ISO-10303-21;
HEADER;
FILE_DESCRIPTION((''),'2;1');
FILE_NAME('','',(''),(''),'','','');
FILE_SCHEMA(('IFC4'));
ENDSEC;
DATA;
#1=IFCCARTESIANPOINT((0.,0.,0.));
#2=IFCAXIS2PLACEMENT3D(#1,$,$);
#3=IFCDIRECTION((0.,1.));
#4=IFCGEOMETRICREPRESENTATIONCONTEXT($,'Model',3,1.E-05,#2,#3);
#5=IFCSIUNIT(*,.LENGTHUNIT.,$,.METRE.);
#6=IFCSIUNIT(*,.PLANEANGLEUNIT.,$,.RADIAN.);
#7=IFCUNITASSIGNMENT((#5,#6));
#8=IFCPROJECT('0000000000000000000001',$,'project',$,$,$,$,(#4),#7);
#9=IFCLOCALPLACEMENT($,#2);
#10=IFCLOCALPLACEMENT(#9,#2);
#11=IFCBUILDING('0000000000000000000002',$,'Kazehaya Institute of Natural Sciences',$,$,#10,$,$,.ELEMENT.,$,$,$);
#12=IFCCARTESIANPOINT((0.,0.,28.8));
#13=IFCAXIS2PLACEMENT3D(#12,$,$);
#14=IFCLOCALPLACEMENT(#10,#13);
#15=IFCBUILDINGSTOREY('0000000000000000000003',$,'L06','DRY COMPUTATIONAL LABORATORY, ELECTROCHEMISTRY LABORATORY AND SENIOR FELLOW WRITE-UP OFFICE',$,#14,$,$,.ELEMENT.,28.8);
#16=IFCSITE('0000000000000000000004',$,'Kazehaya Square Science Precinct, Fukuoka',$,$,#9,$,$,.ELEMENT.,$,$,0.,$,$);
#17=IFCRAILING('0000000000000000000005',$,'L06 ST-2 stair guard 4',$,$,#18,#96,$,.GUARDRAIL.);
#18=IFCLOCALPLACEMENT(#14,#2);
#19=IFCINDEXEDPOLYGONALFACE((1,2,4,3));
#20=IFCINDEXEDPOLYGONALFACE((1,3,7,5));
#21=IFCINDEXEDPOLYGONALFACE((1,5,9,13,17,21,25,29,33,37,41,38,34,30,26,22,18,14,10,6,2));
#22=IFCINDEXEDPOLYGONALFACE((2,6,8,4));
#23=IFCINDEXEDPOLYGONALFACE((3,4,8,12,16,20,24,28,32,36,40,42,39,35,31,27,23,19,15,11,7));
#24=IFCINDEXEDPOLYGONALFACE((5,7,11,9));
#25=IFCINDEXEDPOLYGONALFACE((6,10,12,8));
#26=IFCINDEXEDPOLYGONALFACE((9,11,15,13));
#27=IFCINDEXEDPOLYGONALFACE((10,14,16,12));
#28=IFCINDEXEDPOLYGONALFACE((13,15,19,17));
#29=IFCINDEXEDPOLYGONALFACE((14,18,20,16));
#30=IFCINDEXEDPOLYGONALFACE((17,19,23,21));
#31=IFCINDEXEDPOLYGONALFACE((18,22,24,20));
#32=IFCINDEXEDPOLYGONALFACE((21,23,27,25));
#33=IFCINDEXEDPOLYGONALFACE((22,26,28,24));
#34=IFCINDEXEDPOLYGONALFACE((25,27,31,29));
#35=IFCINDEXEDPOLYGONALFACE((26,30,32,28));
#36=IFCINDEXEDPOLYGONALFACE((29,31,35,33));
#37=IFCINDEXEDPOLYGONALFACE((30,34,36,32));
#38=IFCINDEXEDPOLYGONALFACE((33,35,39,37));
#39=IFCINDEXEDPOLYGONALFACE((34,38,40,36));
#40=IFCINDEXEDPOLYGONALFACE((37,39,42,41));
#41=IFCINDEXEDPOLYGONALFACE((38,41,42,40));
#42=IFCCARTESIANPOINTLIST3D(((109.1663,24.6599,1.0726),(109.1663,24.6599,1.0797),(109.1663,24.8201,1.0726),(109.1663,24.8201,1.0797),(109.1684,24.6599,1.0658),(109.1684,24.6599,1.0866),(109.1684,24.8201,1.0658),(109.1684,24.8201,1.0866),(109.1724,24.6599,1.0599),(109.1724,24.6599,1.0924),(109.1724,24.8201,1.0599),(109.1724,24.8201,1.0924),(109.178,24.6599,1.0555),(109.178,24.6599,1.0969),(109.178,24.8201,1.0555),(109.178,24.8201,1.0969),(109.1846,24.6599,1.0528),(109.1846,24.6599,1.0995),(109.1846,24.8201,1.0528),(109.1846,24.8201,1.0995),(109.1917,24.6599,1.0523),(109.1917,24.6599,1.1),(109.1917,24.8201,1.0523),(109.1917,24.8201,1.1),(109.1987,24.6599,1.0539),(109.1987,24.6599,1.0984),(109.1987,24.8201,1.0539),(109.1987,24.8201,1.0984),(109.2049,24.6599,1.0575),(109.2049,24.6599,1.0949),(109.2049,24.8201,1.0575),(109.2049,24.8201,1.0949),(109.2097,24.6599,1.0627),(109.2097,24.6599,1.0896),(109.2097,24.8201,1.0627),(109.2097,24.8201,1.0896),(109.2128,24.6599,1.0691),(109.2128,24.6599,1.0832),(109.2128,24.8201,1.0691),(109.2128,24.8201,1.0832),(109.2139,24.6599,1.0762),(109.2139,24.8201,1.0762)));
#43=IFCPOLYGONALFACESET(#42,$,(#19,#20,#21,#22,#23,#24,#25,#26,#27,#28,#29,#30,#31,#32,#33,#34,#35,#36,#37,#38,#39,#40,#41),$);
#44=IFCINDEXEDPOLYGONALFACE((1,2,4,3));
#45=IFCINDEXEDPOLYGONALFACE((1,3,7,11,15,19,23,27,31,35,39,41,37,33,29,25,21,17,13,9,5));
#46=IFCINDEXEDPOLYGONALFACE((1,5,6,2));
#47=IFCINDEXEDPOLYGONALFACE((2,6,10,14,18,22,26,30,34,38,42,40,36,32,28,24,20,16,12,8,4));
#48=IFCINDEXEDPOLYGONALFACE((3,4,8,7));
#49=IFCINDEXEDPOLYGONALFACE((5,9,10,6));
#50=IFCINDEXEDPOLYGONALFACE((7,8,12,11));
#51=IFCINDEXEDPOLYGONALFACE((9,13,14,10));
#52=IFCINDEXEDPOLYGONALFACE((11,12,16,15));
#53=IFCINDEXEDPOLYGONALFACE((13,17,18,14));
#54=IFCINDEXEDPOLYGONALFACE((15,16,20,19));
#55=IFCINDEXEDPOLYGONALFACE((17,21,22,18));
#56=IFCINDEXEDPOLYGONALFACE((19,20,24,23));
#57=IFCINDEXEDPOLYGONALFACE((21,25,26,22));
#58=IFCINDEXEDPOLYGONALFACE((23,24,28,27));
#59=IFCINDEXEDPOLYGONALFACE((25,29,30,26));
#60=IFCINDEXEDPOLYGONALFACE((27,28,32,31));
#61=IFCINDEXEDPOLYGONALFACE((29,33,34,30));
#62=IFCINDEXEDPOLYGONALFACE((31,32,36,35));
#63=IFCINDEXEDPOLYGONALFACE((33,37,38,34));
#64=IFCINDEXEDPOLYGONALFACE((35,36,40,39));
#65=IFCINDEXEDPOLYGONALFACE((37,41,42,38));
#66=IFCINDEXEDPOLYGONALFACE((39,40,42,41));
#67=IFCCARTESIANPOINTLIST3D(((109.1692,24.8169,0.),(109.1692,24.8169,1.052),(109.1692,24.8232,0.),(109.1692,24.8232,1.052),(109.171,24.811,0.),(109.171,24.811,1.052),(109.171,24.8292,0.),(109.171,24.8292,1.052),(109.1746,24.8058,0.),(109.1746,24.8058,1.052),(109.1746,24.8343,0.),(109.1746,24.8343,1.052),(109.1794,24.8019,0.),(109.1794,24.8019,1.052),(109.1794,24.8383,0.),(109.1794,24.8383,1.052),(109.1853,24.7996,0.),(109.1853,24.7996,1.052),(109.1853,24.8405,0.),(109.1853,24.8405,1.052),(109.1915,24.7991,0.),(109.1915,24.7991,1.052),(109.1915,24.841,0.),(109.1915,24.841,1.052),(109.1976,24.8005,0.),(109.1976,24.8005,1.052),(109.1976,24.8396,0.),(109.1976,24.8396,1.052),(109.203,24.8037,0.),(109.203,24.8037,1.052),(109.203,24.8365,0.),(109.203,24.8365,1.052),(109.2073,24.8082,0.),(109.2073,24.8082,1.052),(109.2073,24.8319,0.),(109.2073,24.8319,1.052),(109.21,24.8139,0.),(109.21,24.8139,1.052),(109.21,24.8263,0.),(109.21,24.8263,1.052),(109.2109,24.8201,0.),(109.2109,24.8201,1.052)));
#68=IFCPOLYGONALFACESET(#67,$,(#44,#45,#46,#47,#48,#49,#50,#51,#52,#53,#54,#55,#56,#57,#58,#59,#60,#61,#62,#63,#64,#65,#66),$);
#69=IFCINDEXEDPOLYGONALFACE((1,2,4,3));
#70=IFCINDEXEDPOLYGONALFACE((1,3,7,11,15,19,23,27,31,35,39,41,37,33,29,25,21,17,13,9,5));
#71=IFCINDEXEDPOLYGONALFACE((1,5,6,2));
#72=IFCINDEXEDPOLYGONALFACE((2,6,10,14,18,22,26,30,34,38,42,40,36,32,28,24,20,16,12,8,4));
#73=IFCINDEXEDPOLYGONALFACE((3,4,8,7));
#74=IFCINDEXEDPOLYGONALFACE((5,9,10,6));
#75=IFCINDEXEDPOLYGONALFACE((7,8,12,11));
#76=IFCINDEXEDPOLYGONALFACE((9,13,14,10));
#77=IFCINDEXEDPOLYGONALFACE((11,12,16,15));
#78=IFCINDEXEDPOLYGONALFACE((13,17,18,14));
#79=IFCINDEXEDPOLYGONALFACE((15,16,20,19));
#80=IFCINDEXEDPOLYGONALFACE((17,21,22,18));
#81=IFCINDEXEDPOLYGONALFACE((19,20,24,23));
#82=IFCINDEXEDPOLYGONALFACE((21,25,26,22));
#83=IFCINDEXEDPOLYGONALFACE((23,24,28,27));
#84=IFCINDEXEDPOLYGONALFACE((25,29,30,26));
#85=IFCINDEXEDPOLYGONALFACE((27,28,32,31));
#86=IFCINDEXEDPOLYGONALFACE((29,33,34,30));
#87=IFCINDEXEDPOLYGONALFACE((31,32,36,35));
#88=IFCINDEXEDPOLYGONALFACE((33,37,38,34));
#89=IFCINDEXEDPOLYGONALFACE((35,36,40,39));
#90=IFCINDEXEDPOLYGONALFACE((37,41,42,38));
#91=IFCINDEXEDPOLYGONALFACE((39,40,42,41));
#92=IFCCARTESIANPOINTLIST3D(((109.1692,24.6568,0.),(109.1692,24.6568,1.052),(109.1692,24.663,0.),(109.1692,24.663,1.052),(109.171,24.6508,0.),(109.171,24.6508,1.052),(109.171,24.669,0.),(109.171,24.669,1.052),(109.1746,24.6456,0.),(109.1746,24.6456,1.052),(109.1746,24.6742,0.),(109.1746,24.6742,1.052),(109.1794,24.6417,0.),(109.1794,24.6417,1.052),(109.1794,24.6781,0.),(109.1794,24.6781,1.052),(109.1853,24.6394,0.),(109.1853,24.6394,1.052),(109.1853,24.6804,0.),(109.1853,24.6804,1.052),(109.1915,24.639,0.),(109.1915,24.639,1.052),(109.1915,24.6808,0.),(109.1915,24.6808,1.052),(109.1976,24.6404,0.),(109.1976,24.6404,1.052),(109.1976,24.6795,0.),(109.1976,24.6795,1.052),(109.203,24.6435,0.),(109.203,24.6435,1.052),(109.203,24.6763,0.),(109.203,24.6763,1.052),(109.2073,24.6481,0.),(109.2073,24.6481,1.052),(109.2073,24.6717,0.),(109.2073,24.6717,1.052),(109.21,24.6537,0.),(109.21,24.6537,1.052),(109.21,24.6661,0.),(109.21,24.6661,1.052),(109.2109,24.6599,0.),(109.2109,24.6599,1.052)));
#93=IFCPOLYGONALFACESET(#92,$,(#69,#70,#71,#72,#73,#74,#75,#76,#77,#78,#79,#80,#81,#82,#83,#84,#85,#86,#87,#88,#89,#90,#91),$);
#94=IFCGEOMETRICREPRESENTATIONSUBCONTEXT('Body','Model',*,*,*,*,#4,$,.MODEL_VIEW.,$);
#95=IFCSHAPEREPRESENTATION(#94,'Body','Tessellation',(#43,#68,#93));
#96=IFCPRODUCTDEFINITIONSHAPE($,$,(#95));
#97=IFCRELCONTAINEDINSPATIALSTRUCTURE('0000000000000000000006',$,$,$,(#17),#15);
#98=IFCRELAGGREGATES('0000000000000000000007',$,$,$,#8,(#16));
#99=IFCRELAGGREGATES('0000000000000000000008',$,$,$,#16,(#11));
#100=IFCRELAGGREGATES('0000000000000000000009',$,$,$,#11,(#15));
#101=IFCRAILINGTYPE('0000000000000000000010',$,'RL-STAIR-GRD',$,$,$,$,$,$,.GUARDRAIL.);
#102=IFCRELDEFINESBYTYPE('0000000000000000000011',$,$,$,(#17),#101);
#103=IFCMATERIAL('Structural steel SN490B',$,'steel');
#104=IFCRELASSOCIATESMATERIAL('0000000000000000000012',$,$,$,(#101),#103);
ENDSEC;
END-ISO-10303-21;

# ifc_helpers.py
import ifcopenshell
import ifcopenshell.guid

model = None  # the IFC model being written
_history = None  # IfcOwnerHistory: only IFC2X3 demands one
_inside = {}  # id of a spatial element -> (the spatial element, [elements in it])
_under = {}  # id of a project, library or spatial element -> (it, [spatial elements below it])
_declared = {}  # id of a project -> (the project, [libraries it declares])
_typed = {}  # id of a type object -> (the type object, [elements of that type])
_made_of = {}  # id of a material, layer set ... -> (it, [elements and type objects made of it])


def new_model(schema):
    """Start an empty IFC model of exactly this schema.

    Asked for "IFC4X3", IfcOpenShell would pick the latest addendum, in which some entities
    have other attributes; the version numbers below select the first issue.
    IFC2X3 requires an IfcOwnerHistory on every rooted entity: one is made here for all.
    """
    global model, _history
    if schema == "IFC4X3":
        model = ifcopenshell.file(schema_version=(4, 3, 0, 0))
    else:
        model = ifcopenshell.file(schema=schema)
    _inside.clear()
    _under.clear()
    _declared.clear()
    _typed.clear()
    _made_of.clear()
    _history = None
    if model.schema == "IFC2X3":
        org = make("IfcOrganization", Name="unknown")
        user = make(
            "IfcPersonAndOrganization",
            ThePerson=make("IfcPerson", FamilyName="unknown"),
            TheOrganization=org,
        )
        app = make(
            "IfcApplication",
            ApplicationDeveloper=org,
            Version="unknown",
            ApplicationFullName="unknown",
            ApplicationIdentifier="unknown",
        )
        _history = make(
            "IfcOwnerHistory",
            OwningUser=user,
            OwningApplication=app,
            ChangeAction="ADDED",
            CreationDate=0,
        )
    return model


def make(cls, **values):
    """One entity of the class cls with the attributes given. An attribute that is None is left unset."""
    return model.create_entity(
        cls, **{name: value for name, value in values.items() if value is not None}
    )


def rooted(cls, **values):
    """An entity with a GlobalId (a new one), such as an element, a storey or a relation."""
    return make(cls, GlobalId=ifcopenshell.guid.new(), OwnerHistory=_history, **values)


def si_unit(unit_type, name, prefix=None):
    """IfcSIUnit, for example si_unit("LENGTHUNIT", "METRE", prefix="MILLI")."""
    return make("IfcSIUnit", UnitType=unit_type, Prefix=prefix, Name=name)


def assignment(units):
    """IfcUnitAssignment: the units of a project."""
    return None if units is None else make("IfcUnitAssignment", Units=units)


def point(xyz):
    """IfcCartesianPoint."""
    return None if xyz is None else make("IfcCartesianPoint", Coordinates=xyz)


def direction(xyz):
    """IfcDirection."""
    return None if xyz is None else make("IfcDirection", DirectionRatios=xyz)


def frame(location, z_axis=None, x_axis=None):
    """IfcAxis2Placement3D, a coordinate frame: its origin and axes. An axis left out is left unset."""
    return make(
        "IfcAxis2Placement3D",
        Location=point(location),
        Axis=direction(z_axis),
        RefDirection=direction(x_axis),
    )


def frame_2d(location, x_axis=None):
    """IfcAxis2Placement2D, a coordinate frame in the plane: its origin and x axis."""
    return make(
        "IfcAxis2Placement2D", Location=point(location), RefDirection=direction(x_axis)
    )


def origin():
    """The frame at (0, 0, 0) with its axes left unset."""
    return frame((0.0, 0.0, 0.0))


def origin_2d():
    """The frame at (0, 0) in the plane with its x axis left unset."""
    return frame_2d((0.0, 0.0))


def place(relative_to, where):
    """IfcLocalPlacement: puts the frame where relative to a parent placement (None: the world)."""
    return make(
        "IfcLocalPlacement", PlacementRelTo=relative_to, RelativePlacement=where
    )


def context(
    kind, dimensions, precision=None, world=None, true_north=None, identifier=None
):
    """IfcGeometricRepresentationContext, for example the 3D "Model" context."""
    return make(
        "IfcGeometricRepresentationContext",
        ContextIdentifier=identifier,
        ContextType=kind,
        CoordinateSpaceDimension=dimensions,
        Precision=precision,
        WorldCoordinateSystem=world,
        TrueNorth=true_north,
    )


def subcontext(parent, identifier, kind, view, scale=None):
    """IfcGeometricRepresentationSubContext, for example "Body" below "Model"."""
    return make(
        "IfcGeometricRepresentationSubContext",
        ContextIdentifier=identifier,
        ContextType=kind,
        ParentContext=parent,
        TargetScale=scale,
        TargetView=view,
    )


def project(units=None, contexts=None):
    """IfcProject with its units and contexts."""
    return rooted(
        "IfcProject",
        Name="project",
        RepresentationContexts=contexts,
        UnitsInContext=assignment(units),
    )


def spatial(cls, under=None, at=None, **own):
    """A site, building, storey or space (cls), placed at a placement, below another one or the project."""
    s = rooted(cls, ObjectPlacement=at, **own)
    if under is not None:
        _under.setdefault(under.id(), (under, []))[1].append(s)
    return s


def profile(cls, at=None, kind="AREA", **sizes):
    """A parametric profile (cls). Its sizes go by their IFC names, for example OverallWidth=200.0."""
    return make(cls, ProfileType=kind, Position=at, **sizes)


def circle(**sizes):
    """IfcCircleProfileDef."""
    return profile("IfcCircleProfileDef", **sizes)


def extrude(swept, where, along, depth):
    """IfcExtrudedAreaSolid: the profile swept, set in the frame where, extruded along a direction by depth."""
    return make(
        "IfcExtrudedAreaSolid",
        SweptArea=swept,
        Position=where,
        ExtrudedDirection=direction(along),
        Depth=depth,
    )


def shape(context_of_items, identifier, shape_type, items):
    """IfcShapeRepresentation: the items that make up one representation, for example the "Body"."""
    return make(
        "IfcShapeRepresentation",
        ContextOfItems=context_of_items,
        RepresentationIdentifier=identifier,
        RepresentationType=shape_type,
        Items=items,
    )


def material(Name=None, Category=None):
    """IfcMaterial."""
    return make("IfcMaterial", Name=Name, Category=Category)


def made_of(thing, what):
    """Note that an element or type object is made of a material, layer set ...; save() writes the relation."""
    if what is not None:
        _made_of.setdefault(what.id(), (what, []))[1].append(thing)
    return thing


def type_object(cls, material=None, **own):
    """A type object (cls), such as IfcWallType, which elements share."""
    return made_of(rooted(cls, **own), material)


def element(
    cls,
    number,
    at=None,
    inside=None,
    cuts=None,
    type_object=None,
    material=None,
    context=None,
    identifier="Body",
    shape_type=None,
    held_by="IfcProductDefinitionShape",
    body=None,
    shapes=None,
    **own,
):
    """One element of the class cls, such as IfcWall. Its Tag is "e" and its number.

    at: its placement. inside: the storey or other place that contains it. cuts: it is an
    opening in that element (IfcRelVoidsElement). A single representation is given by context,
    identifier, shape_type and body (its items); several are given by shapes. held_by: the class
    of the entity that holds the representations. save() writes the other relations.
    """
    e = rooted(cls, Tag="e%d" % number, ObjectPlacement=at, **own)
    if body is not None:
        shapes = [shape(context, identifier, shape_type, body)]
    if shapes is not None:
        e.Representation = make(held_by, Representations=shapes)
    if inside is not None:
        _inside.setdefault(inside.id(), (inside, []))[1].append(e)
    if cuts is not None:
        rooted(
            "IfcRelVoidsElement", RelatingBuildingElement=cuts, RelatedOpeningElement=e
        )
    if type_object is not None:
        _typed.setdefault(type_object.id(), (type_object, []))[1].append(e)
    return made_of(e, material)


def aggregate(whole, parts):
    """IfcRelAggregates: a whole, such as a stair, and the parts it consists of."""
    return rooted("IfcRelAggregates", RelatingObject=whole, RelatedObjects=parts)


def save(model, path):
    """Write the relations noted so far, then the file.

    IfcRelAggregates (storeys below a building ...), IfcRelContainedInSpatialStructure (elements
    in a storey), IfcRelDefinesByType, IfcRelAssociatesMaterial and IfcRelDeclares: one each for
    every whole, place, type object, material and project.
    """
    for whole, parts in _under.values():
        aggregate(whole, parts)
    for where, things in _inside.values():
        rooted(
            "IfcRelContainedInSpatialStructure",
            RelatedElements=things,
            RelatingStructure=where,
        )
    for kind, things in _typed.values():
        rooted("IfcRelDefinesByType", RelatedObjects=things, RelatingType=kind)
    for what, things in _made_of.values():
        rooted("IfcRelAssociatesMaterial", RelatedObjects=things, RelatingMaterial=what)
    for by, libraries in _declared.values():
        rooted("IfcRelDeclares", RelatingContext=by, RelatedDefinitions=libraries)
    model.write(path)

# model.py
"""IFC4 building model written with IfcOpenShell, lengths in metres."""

from ifc_helpers import new_model, si_unit, direction, frame, origin, origin_2d, place, context, subcontext, project, spatial, circle, extrude, material, type_object, element, save


model = new_model("IFC4")

# Units and contexts
model_context = context("Model", 3, precision=1e-05, world=origin(), true_north=direction((0.0, 1.0)))
body_context = subcontext(model_context, "Body", "Model", "MODEL_VIEW")
ifc_project = project(units=[si_unit("LENGTHUNIT", "METRE"), si_unit("PLANEANGLEUNIT", "RADIAN")], contexts=[model_context])

# Site, building, storey
site_placement = place(None, origin())
site = spatial("IfcSite", under=ifc_project, at=site_placement, Name="Kazehaya Square Science Precinct, Fukuoka", CompositionType="ELEMENT", RefElevation=0.0)
building_placement = place(site_placement, origin())
building = spatial("IfcBuilding", under=site, at=building_placement, Name="Kazehaya Institute of Natural Sciences", CompositionType="ELEMENT")
storey_placement = place(building_placement, frame((0.0, 0.0, 28.8)))
storey = spatial("IfcBuildingStorey", under=building, at=storey_placement, Name="L06", Description="DRY COMPUTATIONAL LABORATORY, ELECTROCHEMISTRY LABORATORY AND SENIOR FELLOW WRITE-UP OFFICE", CompositionType="ELEMENT", Elevation=28.8)

# Railing
ifc_material_1 = material(Name="Structural steel SN490B", Category="steel")
railing_type_1 = type_object("IfcRailingType", Name="RL-STAIR-GRD", PredefinedType="GUARDRAIL", material=ifc_material_1)
railing_1_placement = place(storey_placement, frame((109.1899, 24.8201, 0.0)))
element("IfcRailing", 1, at=railing_1_placement, inside=storey, type_object=railing_type_1, Name="L06 ST-2 stair guard 4", PredefinedType="GUARDRAIL", context=body_context, shape_type="SweptSolid", body=[
    extrude(circle(Radius=0.0239, at=origin_2d()), frame((0.0, 0.0, 1.0762), z_axis=(0.0, -1.0, 0.0), x_axis=(1.0, 0.0, 0.0)), (0.0, 0.0, 1.0), 0.1602),
    extrude(circle(Radius=0.021, at=origin_2d()), origin(), (0.0, 0.0, 1.0), 1.052),
    extrude(circle(Radius=0.021, at=origin_2d()), frame((0.0, -0.1602, 0.0)), (0.0, 0.0, 1.0), 1.052),
])

save(model, "model.ifc")
